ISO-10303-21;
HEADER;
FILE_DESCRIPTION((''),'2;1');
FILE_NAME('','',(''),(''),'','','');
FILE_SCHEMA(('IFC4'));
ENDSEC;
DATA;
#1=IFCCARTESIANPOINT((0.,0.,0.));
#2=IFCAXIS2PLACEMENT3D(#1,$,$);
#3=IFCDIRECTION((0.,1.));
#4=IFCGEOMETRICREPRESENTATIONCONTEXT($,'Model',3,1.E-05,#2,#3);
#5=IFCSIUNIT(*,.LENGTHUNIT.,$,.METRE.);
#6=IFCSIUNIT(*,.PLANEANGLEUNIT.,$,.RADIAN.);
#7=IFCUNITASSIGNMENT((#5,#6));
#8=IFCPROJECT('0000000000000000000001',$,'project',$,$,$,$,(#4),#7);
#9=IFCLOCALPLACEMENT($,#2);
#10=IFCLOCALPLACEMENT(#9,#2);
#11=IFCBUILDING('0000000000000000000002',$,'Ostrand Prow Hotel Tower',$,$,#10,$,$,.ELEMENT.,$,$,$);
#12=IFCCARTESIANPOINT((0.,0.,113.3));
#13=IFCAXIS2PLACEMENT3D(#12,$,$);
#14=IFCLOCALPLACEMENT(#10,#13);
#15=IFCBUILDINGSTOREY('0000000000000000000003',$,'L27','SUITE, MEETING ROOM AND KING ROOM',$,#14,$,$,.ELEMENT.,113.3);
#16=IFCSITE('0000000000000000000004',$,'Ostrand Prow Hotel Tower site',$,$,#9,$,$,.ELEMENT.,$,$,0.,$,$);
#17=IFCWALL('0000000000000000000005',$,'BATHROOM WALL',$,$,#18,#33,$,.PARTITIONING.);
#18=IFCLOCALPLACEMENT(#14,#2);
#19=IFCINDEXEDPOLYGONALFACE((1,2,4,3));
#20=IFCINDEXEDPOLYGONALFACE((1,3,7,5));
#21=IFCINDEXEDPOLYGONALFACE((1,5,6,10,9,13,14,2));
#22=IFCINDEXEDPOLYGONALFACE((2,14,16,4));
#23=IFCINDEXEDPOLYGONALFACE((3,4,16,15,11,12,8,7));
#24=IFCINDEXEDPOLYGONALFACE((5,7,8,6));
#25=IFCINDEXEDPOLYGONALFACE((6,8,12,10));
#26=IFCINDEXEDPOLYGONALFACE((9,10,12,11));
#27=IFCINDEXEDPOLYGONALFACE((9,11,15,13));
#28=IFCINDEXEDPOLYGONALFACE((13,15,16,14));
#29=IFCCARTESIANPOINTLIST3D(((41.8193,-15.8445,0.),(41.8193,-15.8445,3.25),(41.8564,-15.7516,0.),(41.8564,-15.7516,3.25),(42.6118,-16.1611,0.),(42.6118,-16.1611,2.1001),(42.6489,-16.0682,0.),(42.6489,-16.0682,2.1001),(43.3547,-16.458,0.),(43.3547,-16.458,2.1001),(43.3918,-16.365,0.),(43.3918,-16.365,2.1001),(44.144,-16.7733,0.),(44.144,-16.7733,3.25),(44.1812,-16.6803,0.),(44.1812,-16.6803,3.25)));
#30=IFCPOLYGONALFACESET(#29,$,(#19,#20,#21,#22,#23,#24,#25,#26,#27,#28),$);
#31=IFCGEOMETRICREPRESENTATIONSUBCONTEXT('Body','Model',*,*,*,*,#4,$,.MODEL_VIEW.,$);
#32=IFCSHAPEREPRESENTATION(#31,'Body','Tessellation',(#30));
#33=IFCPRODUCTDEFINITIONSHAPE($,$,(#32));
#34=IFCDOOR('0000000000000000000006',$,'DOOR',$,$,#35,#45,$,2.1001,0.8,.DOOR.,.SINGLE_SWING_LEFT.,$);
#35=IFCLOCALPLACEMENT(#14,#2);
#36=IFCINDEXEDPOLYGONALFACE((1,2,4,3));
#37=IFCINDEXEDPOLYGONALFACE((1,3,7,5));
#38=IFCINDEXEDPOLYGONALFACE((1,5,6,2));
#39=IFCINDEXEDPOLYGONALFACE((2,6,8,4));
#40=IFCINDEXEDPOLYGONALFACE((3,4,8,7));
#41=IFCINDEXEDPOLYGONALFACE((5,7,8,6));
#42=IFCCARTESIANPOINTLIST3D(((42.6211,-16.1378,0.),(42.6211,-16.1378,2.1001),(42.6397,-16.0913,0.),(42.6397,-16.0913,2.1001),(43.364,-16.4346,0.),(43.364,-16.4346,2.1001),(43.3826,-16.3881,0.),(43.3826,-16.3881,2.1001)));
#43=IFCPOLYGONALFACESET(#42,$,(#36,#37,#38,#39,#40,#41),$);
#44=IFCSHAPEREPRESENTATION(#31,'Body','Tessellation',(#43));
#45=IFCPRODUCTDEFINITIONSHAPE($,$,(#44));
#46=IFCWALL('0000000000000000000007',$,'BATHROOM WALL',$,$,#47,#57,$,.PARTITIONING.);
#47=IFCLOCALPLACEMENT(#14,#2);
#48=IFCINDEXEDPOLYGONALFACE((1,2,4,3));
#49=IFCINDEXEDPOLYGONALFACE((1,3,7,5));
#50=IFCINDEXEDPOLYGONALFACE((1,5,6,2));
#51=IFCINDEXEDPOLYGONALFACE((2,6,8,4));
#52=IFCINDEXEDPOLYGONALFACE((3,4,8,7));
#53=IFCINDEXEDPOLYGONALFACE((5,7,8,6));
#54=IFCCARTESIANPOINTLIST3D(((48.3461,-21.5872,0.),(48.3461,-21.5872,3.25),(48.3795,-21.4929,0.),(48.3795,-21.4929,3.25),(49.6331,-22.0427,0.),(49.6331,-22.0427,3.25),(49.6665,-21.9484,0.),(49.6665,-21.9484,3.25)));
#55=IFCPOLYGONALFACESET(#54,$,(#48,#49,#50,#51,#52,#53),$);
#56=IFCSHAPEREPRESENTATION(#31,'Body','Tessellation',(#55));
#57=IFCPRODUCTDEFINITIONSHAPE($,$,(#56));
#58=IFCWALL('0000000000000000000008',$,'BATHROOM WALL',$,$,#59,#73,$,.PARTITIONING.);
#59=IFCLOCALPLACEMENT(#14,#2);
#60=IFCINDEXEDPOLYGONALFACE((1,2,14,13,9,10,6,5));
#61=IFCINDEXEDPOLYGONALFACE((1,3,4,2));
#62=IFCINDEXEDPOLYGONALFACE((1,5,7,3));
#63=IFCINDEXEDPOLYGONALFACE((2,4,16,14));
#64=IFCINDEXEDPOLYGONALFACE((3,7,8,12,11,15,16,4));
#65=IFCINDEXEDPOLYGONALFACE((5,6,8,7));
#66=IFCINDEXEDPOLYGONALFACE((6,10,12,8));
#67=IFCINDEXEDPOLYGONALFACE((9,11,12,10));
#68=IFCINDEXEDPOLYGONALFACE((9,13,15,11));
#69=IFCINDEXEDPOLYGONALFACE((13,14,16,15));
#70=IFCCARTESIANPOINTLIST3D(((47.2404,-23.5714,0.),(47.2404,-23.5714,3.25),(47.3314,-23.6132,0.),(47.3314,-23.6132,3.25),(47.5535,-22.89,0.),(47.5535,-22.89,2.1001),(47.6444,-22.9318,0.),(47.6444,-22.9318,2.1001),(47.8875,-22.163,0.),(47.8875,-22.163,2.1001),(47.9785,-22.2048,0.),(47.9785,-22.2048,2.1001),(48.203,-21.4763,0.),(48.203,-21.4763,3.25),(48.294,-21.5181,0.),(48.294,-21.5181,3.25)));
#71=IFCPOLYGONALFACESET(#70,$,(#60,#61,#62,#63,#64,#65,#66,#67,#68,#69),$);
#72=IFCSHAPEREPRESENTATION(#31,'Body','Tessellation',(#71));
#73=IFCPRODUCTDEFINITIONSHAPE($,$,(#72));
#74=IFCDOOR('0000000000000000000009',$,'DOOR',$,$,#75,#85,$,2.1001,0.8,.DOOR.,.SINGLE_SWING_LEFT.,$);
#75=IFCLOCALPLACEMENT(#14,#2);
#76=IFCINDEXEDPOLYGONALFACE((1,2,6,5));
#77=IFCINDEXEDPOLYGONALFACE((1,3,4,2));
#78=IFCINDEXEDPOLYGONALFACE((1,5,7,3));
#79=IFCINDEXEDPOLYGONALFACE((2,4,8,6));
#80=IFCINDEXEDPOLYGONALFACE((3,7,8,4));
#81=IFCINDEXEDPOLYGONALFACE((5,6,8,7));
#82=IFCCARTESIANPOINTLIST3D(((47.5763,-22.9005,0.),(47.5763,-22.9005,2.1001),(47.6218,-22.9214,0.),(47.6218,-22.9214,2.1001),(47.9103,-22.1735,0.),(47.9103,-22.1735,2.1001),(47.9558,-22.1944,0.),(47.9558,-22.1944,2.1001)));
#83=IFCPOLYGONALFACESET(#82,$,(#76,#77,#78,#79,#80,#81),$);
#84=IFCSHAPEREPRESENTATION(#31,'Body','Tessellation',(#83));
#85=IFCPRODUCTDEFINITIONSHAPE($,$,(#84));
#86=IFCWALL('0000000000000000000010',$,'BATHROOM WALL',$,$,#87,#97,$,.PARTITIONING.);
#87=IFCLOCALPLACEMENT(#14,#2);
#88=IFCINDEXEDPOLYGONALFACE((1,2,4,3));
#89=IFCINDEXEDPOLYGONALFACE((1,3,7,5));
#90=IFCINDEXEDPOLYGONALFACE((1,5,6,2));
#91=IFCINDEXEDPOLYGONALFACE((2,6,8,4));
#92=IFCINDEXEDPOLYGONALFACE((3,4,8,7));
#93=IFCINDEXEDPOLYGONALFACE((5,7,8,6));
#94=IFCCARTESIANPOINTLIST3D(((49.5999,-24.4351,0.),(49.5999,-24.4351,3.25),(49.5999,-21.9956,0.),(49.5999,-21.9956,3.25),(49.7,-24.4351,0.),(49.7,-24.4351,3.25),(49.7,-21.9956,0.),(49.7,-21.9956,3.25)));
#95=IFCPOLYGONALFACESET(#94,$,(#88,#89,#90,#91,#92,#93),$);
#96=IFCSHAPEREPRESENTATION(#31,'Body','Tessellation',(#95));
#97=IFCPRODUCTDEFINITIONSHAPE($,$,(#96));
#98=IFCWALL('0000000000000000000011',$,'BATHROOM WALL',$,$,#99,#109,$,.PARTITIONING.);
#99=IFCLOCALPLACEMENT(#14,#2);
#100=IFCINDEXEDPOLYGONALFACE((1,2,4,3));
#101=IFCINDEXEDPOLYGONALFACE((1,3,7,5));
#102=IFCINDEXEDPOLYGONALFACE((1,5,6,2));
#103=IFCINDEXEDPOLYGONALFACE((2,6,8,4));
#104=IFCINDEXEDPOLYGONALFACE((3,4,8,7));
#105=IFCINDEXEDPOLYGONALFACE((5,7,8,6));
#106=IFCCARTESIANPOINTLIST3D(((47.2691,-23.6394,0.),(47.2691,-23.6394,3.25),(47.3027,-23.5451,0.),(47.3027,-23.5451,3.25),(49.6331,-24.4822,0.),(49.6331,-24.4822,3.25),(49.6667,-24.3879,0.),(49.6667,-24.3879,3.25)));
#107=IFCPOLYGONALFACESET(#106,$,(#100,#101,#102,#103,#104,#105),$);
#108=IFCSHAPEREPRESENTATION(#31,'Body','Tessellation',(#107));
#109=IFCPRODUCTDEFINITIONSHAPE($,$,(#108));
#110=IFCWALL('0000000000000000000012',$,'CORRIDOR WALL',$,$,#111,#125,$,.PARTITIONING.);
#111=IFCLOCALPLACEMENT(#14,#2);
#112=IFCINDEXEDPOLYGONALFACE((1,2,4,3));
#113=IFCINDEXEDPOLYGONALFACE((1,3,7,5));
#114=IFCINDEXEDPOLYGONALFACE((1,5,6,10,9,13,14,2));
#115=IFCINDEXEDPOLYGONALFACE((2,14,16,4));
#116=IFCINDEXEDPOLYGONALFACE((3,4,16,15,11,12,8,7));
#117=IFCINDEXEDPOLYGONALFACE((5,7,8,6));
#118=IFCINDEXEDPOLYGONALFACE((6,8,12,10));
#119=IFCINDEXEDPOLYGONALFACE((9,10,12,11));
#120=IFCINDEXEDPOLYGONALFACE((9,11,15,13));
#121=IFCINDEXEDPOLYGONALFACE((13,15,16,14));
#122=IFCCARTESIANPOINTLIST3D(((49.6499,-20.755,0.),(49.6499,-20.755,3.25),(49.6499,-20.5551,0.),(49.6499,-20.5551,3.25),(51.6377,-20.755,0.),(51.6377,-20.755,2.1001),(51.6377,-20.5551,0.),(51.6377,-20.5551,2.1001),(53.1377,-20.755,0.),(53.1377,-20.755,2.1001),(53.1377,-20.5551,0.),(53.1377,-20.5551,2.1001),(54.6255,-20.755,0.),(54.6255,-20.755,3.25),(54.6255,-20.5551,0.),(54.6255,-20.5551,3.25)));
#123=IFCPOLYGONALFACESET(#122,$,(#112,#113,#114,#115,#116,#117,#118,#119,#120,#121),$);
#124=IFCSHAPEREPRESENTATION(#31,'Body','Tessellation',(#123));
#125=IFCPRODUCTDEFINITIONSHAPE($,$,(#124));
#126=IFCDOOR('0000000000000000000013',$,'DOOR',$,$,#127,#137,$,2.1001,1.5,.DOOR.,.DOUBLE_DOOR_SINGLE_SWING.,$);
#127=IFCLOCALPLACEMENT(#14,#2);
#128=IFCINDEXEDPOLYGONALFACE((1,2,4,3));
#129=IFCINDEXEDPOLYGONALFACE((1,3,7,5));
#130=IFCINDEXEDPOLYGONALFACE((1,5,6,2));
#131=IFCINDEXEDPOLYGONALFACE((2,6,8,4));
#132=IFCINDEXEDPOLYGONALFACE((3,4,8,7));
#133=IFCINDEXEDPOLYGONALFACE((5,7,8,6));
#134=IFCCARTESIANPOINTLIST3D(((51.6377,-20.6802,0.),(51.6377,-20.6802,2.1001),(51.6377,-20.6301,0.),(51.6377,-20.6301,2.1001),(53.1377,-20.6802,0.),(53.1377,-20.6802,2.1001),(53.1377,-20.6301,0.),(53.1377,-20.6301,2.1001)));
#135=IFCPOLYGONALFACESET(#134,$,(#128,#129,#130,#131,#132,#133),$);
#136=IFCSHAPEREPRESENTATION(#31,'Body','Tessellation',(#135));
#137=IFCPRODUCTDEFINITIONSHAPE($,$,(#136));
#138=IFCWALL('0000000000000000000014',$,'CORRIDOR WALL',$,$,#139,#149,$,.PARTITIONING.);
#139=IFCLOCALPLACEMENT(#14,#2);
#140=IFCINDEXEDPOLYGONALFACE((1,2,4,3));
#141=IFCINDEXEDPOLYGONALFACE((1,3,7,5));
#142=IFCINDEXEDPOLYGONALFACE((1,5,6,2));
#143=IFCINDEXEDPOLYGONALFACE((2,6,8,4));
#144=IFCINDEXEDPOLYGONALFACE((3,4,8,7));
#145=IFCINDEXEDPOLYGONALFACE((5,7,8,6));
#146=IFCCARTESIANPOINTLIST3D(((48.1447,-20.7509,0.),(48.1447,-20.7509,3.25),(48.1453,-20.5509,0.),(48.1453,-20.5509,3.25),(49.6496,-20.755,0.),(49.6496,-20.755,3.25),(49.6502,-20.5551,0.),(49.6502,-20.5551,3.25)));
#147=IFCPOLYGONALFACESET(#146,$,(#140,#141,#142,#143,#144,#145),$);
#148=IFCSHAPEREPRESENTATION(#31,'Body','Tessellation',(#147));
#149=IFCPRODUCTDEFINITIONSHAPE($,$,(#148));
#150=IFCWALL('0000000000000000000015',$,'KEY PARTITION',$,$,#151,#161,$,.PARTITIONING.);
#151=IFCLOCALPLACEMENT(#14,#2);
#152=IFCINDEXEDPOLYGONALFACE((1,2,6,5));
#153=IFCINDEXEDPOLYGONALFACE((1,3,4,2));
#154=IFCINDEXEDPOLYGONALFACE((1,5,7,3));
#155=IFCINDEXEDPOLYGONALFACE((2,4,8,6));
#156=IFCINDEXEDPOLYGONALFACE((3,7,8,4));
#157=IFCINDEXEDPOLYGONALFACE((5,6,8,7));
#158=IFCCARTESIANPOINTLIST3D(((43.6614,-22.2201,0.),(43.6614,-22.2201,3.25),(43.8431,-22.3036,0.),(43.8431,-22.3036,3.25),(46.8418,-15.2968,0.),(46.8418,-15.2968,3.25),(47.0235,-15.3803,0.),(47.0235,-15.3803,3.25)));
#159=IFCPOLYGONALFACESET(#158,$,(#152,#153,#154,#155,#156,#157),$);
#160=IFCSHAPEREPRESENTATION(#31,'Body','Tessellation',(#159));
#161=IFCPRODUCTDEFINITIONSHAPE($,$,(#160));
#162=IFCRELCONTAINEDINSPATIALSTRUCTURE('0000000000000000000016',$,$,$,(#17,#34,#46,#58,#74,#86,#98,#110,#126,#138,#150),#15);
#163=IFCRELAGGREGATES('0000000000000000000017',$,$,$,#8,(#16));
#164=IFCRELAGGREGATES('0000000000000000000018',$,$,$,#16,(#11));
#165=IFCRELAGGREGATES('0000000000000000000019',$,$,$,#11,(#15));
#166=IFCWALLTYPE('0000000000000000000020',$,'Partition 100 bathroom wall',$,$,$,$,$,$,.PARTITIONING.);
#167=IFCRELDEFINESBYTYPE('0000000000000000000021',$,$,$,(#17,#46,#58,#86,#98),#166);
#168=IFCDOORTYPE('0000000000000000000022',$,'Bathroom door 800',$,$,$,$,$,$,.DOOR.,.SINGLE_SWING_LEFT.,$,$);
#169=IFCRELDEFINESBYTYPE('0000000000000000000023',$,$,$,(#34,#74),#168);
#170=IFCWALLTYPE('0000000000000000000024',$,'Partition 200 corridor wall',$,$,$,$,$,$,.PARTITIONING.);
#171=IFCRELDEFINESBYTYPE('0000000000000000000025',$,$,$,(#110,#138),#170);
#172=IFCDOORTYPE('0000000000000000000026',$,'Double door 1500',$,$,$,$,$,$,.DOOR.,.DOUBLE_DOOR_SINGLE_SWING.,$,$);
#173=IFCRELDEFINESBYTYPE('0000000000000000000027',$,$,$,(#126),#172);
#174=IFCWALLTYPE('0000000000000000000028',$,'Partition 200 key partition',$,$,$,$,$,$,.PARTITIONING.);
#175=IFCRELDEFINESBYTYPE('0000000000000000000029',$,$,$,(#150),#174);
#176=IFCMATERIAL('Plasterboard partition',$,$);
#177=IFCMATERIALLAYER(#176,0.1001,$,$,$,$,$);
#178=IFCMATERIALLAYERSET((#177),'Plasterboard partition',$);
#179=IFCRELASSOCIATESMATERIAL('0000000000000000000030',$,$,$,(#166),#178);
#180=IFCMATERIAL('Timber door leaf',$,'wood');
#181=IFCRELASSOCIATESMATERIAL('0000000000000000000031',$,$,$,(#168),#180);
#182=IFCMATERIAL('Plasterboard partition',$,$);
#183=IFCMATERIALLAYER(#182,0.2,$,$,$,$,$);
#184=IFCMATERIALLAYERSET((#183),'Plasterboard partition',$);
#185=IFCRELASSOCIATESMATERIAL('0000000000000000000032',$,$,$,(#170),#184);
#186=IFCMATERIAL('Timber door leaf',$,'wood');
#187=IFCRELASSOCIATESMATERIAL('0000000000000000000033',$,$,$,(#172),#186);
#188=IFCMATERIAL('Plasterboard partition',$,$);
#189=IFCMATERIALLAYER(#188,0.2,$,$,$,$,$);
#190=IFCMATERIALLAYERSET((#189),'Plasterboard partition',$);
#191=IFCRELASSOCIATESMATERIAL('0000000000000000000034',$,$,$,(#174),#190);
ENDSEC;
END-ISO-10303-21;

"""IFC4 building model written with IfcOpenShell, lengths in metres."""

from ifc_helpers import new_model, si_unit, direction, frame, frame_2d, origin, place, context, subcontext, project, spatial, rectangle, extrude, material, layer, layer_set, type_object, element, fill, save


model = new_model("IFC4")

# Units and contexts
model_context = context("Model", 3, precision=1e-05, world=origin(), true_north=direction((0.0, 1.0)))
body_context = subcontext(model_context, "Body", "Model", "MODEL_VIEW")
ifc_project = project(units=[si_unit("LENGTHUNIT", "METRE"), si_unit("PLANEANGLEUNIT", "RADIAN")], contexts=[model_context])

# Site, building, storey
site_placement = place(None, origin())
site = spatial("IfcSite", under=ifc_project, at=site_placement, Name="Ostrand Prow Hotel Tower site", CompositionType="ELEMENT", RefElevation=0.0)
building_placement = place(site_placement, origin())
building = spatial("IfcBuilding", under=site, at=building_placement, Name="Ostrand Prow Hotel Tower", CompositionType="ELEMENT")
storey_placement = place(building_placement, frame((0.0, 0.0, 113.3)))
storey = spatial("IfcBuildingStorey", under=building, at=storey_placement, Name="L27", Description="SUITE, MEETING ROOM AND KING ROOM", CompositionType="ELEMENT", Elevation=113.3)

# Wall, opening, door
ifc_material_1 = material(Name="Plasterboard partition")
ifc_layer_1 = layer(ifc_material_1, 0.1001)
ifc_layer_set_1 = layer_set([ifc_layer_1], Name="Plasterboard partition")
wall_type_1 = type_object("IfcWallType", Name="Partition 100 bathroom wall", PredefinedType="PARTITIONING", material=ifc_layer_set_1)
wall_1_placement = place(storey_placement, frame((44.1626, -16.7268, 0.0), z_axis=(0.0, 0.0, 1.0), x_axis=(-0.928638, 0.370987, 0.0)))
wall_1 = element("IfcWall", 1, at=wall_1_placement, inside=storey, type_object=wall_type_1, Name="BATHROOM WALL", PredefinedType="PARTITIONING", context=body_context, shape_type="SweptSolid", body=[
    extrude(rectangle(XDim=2.5034, YDim=0.1001, at=frame_2d((1.2517, 0.0))), origin(), (0.0, 0.0, 1.0), 3.25),
])
opening_1_placement = place(wall_1_placement, frame((0.8501, 0.0, 0.0)))
opening_1 = element("IfcOpeningElement", 2, at=opening_1_placement, cuts=wall_1, PredefinedType="OPENING", context=body_context, shape_type="SweptSolid", body=[
    extrude(rectangle(XDim=0.8, YDim=2.1001, at=frame_2d((0.3999, 1.05))), frame((0.0, 0.0601, 0.0), z_axis=(0.0, -1.0, 0.0), x_axis=(1.0, 0.0, 0.0)), (0.0, 0.0, 1.0), 0.1201),
])
ifc_material_2 = material(Name="Timber door leaf", Category="wood")
door_type_1 = type_object("IfcDoorType", Name="Bathroom door 800", OperationType="SINGLE_SWING_LEFT", PredefinedType="DOOR", material=ifc_material_2)
door_1_placement = place(opening_1_placement, origin())
door_1 = element("IfcDoor", 3, at=door_1_placement, inside=storey, type_object=door_type_1, Name="DOOR", OperationType="SINGLE_SWING_LEFT", OverallHeight=2.1001, OverallWidth=0.8, PredefinedType="DOOR", context=body_context, shape_type="SweptSolid", body=[
    extrude(rectangle(XDim=0.8, YDim=2.1001, at=frame_2d((0.3999, 1.05))), frame((0.0, 0.0249, 0.0), z_axis=(0.0, -1.0, 0.0), x_axis=(1.0, 0.0, 0.0)), (0.0, 0.0, 1.0), 0.05),
])
fill(opening_1, door_1)

# Wall
wall_2_placement = place(storey_placement, frame((48.3628, -21.54, 0.0), z_axis=(0.0, 0.0, 1.0), x_axis=(0.942693, -0.333662, 0.0)))
element("IfcWall", 4, at=wall_2_placement, inside=storey, type_object=wall_type_1, Name="BATHROOM WALL", PredefinedType="PARTITIONING", context=body_context, shape_type="SweptSolid", body=[
    extrude(rectangle(XDim=1.3652, YDim=0.1001, at=frame_2d((0.6826, 0.0))), origin(), (0.0, 0.0, 1.0), 3.25),
])

# Wall, opening, door
wall_3_placement = place(storey_placement, frame((47.2859, -23.5923, 0.0), z_axis=(0.0, 0.0, 1.0), x_axis=(0.417493, 0.90868, 0.0)))
wall_3 = element("IfcWall", 5, at=wall_3_placement, inside=storey, type_object=wall_type_1, Name="BATHROOM WALL", PredefinedType="PARTITIONING", context=body_context, shape_type="SweptSolid", body=[
    extrude(rectangle(XDim=2.3057, YDim=0.1001, at=frame_2d((1.1528, 0.0))), origin(), (0.0, 0.0, 1.0), 3.25),
])
opening_2_placement = place(wall_3_placement, frame((0.75, 0.0, 0.0)))
opening_2 = element("IfcOpeningElement", 6, at=opening_2_placement, cuts=wall_3, PredefinedType="OPENING", context=body_context, shape_type="SweptSolid", body=[
    extrude(rectangle(XDim=0.8, YDim=2.1001, at=frame_2d((0.3999, 1.05))), frame((0.0, 0.0601, 0.0), z_axis=(0.0, -1.0, 0.0), x_axis=(1.0, 0.0, 0.0)), (0.0, 0.0, 1.0), 0.1201),
])
door_2_placement = place(opening_2_placement, origin())
door_2 = element("IfcDoor", 7, at=door_2_placement, inside=storey, type_object=door_type_1, Name="DOOR", OperationType="SINGLE_SWING_LEFT", OverallHeight=2.1001, OverallWidth=0.8, PredefinedType="DOOR", context=body_context, shape_type="SweptSolid", body=[
    extrude(rectangle(XDim=0.8, YDim=2.1001, at=frame_2d((0.3999, 1.05))), frame((0.0, 0.0249, 0.0), z_axis=(0.0, -1.0, 0.0), x_axis=(1.0, 0.0, 0.0)), (0.0, 0.0, 1.0), 0.05),
])
fill(opening_2, door_2)

# Walls
wall_4_placement = place(storey_placement, frame((49.6499, -21.9956, 0.0), z_axis=(0.0, 0.0, 1.0), x_axis=(0.0, -1.0, 0.0)))
element("IfcWall", 8, at=wall_4_placement, inside=storey, type_object=wall_type_1, Name="BATHROOM WALL", PredefinedType="PARTITIONING", context=body_context, shape_type="SweptSolid", body=[
    extrude(rectangle(XDim=2.4395, YDim=0.1001, at=frame_2d((1.2197, 0.0))), origin(), (0.0, 0.0, 1.0), 3.25),
])
wall_5_placement = place(storey_placement, frame((49.6499, -24.4351, 0.0), z_axis=(0.0, 0.0, 1.0), x_axis=(-0.941933, 0.3358, 0.0)))
element("IfcWall", 9, at=wall_5_placement, inside=storey, type_object=wall_type_1, Name="BATHROOM WALL", PredefinedType="PARTITIONING", context=body_context, shape_type="SweptSolid", body=[
    extrude(rectangle(XDim=2.5098, YDim=0.1001, at=frame_2d((1.2549, 0.0))), origin(), (0.0, 0.0, 1.0), 3.25),
])

# Wall, opening, door
ifc_material_3 = material(Name="Plasterboard partition")
ifc_layer_2 = layer(ifc_material_3, 0.2)
ifc_layer_set_2 = layer_set([ifc_layer_2], Name="Plasterboard partition")
wall_type_2 = type_object("IfcWallType", Name="Partition 200 corridor wall", PredefinedType="PARTITIONING", material=ifc_layer_set_2)
wall_6_placement = place(storey_placement, frame((49.6499, -20.655, 0.0), z_axis=(0.0, 0.0, 1.0), x_axis=(1.0, 0.0, 0.0)))
wall_6 = element("IfcWall", 10, at=wall_6_placement, inside=storey, type_object=wall_type_2, Name="CORRIDOR WALL", PredefinedType="PARTITIONING", context=body_context, shape_type="SweptSolid", body=[
    extrude(rectangle(XDim=4.9756, YDim=0.2, at=frame_2d((2.4878, 0.0))), origin(), (0.0, 0.0, 1.0), 3.25),
])
opening_3_placement = place(wall_6_placement, frame((1.9878, 0.0, 0.0)))
opening_3 = element("IfcOpeningElement", 11, at=opening_3_placement, cuts=wall_6, PredefinedType="OPENING", context=body_context, shape_type="SweptSolid", body=[
    extrude(rectangle(XDim=1.5, YDim=2.1001, at=frame_2d((0.75, 1.05))), frame((0.0, 0.1099, 0.0), z_axis=(0.0, -1.0, 0.0), x_axis=(1.0, 0.0, 0.0)), (0.0, 0.0, 1.0), 0.22),
])
ifc_material_4 = material(Name="Timber door leaf", Category="wood")
door_type_2 = type_object("IfcDoorType", Name="Double door 1500", OperationType="DOUBLE_DOOR_SINGLE_SWING", PredefinedType="DOOR", material=ifc_material_4)
door_3_placement = place(opening_3_placement, origin())
door_3 = element("IfcDoor", 12, at=door_3_placement, inside=storey, type_object=door_type_2, Name="DOOR", OperationType="DOUBLE_DOOR_SINGLE_SWING", OverallHeight=2.1001, OverallWidth=1.5, PredefinedType="DOOR", context=body_context, shape_type="SweptSolid", body=[
    extrude(rectangle(XDim=1.5, YDim=2.1001, at=frame_2d((0.75, 1.05))), frame((0.0, 0.0249, 0.0), z_axis=(0.0, -1.0, 0.0), x_axis=(1.0, 0.0, 0.0)), (0.0, 0.0, 1.0), 0.05),
])
fill(opening_3, door_3)

# Walls
wall_7_placement = place(storey_placement, frame((48.145, -20.6509, 0.0), z_axis=(0.0, 0.0, 1.0), x_axis=(0.999996, -0.002758, 0.0)))
element("IfcWall", 13, at=wall_7_placement, inside=storey, type_object=wall_type_2, Name="CORRIDOR WALL", PredefinedType="PARTITIONING", context=body_context, shape_type="SweptSolid", body=[
    extrude(rectangle(XDim=1.5049, YDim=0.2, at=frame_2d((0.7524, 0.0))), origin(), (0.0, 0.0, 1.0), 3.25),
])
ifc_material_5 = material(Name="Plasterboard partition")
ifc_layer_3 = layer(ifc_material_5, 0.2)
ifc_layer_set_3 = layer_set([ifc_layer_3], Name="Plasterboard partition")
wall_type_3 = type_object("IfcWallType", Name="Partition 200 key partition", PredefinedType="PARTITIONING", material=ifc_layer_set_3)
wall_8_placement = place(storey_placement, frame((43.7522, -22.262, 0.0), z_axis=(0.0, 0.0, 1.0), x_axis=(0.417438, 0.908705, 0.0)))
element("IfcWall", 14, at=wall_8_placement, inside=storey, type_object=wall_type_3, Name="KEY PARTITION", PredefinedType="PARTITIONING", context=body_context, shape_type="SweptSolid", body=[
    extrude(rectangle(XDim=7.6189, YDim=0.2, at=frame_2d((3.8096, 0.0))), origin(), (0.0, 0.0, 1.0), 3.25),
])

save(model, "model.ifc")
